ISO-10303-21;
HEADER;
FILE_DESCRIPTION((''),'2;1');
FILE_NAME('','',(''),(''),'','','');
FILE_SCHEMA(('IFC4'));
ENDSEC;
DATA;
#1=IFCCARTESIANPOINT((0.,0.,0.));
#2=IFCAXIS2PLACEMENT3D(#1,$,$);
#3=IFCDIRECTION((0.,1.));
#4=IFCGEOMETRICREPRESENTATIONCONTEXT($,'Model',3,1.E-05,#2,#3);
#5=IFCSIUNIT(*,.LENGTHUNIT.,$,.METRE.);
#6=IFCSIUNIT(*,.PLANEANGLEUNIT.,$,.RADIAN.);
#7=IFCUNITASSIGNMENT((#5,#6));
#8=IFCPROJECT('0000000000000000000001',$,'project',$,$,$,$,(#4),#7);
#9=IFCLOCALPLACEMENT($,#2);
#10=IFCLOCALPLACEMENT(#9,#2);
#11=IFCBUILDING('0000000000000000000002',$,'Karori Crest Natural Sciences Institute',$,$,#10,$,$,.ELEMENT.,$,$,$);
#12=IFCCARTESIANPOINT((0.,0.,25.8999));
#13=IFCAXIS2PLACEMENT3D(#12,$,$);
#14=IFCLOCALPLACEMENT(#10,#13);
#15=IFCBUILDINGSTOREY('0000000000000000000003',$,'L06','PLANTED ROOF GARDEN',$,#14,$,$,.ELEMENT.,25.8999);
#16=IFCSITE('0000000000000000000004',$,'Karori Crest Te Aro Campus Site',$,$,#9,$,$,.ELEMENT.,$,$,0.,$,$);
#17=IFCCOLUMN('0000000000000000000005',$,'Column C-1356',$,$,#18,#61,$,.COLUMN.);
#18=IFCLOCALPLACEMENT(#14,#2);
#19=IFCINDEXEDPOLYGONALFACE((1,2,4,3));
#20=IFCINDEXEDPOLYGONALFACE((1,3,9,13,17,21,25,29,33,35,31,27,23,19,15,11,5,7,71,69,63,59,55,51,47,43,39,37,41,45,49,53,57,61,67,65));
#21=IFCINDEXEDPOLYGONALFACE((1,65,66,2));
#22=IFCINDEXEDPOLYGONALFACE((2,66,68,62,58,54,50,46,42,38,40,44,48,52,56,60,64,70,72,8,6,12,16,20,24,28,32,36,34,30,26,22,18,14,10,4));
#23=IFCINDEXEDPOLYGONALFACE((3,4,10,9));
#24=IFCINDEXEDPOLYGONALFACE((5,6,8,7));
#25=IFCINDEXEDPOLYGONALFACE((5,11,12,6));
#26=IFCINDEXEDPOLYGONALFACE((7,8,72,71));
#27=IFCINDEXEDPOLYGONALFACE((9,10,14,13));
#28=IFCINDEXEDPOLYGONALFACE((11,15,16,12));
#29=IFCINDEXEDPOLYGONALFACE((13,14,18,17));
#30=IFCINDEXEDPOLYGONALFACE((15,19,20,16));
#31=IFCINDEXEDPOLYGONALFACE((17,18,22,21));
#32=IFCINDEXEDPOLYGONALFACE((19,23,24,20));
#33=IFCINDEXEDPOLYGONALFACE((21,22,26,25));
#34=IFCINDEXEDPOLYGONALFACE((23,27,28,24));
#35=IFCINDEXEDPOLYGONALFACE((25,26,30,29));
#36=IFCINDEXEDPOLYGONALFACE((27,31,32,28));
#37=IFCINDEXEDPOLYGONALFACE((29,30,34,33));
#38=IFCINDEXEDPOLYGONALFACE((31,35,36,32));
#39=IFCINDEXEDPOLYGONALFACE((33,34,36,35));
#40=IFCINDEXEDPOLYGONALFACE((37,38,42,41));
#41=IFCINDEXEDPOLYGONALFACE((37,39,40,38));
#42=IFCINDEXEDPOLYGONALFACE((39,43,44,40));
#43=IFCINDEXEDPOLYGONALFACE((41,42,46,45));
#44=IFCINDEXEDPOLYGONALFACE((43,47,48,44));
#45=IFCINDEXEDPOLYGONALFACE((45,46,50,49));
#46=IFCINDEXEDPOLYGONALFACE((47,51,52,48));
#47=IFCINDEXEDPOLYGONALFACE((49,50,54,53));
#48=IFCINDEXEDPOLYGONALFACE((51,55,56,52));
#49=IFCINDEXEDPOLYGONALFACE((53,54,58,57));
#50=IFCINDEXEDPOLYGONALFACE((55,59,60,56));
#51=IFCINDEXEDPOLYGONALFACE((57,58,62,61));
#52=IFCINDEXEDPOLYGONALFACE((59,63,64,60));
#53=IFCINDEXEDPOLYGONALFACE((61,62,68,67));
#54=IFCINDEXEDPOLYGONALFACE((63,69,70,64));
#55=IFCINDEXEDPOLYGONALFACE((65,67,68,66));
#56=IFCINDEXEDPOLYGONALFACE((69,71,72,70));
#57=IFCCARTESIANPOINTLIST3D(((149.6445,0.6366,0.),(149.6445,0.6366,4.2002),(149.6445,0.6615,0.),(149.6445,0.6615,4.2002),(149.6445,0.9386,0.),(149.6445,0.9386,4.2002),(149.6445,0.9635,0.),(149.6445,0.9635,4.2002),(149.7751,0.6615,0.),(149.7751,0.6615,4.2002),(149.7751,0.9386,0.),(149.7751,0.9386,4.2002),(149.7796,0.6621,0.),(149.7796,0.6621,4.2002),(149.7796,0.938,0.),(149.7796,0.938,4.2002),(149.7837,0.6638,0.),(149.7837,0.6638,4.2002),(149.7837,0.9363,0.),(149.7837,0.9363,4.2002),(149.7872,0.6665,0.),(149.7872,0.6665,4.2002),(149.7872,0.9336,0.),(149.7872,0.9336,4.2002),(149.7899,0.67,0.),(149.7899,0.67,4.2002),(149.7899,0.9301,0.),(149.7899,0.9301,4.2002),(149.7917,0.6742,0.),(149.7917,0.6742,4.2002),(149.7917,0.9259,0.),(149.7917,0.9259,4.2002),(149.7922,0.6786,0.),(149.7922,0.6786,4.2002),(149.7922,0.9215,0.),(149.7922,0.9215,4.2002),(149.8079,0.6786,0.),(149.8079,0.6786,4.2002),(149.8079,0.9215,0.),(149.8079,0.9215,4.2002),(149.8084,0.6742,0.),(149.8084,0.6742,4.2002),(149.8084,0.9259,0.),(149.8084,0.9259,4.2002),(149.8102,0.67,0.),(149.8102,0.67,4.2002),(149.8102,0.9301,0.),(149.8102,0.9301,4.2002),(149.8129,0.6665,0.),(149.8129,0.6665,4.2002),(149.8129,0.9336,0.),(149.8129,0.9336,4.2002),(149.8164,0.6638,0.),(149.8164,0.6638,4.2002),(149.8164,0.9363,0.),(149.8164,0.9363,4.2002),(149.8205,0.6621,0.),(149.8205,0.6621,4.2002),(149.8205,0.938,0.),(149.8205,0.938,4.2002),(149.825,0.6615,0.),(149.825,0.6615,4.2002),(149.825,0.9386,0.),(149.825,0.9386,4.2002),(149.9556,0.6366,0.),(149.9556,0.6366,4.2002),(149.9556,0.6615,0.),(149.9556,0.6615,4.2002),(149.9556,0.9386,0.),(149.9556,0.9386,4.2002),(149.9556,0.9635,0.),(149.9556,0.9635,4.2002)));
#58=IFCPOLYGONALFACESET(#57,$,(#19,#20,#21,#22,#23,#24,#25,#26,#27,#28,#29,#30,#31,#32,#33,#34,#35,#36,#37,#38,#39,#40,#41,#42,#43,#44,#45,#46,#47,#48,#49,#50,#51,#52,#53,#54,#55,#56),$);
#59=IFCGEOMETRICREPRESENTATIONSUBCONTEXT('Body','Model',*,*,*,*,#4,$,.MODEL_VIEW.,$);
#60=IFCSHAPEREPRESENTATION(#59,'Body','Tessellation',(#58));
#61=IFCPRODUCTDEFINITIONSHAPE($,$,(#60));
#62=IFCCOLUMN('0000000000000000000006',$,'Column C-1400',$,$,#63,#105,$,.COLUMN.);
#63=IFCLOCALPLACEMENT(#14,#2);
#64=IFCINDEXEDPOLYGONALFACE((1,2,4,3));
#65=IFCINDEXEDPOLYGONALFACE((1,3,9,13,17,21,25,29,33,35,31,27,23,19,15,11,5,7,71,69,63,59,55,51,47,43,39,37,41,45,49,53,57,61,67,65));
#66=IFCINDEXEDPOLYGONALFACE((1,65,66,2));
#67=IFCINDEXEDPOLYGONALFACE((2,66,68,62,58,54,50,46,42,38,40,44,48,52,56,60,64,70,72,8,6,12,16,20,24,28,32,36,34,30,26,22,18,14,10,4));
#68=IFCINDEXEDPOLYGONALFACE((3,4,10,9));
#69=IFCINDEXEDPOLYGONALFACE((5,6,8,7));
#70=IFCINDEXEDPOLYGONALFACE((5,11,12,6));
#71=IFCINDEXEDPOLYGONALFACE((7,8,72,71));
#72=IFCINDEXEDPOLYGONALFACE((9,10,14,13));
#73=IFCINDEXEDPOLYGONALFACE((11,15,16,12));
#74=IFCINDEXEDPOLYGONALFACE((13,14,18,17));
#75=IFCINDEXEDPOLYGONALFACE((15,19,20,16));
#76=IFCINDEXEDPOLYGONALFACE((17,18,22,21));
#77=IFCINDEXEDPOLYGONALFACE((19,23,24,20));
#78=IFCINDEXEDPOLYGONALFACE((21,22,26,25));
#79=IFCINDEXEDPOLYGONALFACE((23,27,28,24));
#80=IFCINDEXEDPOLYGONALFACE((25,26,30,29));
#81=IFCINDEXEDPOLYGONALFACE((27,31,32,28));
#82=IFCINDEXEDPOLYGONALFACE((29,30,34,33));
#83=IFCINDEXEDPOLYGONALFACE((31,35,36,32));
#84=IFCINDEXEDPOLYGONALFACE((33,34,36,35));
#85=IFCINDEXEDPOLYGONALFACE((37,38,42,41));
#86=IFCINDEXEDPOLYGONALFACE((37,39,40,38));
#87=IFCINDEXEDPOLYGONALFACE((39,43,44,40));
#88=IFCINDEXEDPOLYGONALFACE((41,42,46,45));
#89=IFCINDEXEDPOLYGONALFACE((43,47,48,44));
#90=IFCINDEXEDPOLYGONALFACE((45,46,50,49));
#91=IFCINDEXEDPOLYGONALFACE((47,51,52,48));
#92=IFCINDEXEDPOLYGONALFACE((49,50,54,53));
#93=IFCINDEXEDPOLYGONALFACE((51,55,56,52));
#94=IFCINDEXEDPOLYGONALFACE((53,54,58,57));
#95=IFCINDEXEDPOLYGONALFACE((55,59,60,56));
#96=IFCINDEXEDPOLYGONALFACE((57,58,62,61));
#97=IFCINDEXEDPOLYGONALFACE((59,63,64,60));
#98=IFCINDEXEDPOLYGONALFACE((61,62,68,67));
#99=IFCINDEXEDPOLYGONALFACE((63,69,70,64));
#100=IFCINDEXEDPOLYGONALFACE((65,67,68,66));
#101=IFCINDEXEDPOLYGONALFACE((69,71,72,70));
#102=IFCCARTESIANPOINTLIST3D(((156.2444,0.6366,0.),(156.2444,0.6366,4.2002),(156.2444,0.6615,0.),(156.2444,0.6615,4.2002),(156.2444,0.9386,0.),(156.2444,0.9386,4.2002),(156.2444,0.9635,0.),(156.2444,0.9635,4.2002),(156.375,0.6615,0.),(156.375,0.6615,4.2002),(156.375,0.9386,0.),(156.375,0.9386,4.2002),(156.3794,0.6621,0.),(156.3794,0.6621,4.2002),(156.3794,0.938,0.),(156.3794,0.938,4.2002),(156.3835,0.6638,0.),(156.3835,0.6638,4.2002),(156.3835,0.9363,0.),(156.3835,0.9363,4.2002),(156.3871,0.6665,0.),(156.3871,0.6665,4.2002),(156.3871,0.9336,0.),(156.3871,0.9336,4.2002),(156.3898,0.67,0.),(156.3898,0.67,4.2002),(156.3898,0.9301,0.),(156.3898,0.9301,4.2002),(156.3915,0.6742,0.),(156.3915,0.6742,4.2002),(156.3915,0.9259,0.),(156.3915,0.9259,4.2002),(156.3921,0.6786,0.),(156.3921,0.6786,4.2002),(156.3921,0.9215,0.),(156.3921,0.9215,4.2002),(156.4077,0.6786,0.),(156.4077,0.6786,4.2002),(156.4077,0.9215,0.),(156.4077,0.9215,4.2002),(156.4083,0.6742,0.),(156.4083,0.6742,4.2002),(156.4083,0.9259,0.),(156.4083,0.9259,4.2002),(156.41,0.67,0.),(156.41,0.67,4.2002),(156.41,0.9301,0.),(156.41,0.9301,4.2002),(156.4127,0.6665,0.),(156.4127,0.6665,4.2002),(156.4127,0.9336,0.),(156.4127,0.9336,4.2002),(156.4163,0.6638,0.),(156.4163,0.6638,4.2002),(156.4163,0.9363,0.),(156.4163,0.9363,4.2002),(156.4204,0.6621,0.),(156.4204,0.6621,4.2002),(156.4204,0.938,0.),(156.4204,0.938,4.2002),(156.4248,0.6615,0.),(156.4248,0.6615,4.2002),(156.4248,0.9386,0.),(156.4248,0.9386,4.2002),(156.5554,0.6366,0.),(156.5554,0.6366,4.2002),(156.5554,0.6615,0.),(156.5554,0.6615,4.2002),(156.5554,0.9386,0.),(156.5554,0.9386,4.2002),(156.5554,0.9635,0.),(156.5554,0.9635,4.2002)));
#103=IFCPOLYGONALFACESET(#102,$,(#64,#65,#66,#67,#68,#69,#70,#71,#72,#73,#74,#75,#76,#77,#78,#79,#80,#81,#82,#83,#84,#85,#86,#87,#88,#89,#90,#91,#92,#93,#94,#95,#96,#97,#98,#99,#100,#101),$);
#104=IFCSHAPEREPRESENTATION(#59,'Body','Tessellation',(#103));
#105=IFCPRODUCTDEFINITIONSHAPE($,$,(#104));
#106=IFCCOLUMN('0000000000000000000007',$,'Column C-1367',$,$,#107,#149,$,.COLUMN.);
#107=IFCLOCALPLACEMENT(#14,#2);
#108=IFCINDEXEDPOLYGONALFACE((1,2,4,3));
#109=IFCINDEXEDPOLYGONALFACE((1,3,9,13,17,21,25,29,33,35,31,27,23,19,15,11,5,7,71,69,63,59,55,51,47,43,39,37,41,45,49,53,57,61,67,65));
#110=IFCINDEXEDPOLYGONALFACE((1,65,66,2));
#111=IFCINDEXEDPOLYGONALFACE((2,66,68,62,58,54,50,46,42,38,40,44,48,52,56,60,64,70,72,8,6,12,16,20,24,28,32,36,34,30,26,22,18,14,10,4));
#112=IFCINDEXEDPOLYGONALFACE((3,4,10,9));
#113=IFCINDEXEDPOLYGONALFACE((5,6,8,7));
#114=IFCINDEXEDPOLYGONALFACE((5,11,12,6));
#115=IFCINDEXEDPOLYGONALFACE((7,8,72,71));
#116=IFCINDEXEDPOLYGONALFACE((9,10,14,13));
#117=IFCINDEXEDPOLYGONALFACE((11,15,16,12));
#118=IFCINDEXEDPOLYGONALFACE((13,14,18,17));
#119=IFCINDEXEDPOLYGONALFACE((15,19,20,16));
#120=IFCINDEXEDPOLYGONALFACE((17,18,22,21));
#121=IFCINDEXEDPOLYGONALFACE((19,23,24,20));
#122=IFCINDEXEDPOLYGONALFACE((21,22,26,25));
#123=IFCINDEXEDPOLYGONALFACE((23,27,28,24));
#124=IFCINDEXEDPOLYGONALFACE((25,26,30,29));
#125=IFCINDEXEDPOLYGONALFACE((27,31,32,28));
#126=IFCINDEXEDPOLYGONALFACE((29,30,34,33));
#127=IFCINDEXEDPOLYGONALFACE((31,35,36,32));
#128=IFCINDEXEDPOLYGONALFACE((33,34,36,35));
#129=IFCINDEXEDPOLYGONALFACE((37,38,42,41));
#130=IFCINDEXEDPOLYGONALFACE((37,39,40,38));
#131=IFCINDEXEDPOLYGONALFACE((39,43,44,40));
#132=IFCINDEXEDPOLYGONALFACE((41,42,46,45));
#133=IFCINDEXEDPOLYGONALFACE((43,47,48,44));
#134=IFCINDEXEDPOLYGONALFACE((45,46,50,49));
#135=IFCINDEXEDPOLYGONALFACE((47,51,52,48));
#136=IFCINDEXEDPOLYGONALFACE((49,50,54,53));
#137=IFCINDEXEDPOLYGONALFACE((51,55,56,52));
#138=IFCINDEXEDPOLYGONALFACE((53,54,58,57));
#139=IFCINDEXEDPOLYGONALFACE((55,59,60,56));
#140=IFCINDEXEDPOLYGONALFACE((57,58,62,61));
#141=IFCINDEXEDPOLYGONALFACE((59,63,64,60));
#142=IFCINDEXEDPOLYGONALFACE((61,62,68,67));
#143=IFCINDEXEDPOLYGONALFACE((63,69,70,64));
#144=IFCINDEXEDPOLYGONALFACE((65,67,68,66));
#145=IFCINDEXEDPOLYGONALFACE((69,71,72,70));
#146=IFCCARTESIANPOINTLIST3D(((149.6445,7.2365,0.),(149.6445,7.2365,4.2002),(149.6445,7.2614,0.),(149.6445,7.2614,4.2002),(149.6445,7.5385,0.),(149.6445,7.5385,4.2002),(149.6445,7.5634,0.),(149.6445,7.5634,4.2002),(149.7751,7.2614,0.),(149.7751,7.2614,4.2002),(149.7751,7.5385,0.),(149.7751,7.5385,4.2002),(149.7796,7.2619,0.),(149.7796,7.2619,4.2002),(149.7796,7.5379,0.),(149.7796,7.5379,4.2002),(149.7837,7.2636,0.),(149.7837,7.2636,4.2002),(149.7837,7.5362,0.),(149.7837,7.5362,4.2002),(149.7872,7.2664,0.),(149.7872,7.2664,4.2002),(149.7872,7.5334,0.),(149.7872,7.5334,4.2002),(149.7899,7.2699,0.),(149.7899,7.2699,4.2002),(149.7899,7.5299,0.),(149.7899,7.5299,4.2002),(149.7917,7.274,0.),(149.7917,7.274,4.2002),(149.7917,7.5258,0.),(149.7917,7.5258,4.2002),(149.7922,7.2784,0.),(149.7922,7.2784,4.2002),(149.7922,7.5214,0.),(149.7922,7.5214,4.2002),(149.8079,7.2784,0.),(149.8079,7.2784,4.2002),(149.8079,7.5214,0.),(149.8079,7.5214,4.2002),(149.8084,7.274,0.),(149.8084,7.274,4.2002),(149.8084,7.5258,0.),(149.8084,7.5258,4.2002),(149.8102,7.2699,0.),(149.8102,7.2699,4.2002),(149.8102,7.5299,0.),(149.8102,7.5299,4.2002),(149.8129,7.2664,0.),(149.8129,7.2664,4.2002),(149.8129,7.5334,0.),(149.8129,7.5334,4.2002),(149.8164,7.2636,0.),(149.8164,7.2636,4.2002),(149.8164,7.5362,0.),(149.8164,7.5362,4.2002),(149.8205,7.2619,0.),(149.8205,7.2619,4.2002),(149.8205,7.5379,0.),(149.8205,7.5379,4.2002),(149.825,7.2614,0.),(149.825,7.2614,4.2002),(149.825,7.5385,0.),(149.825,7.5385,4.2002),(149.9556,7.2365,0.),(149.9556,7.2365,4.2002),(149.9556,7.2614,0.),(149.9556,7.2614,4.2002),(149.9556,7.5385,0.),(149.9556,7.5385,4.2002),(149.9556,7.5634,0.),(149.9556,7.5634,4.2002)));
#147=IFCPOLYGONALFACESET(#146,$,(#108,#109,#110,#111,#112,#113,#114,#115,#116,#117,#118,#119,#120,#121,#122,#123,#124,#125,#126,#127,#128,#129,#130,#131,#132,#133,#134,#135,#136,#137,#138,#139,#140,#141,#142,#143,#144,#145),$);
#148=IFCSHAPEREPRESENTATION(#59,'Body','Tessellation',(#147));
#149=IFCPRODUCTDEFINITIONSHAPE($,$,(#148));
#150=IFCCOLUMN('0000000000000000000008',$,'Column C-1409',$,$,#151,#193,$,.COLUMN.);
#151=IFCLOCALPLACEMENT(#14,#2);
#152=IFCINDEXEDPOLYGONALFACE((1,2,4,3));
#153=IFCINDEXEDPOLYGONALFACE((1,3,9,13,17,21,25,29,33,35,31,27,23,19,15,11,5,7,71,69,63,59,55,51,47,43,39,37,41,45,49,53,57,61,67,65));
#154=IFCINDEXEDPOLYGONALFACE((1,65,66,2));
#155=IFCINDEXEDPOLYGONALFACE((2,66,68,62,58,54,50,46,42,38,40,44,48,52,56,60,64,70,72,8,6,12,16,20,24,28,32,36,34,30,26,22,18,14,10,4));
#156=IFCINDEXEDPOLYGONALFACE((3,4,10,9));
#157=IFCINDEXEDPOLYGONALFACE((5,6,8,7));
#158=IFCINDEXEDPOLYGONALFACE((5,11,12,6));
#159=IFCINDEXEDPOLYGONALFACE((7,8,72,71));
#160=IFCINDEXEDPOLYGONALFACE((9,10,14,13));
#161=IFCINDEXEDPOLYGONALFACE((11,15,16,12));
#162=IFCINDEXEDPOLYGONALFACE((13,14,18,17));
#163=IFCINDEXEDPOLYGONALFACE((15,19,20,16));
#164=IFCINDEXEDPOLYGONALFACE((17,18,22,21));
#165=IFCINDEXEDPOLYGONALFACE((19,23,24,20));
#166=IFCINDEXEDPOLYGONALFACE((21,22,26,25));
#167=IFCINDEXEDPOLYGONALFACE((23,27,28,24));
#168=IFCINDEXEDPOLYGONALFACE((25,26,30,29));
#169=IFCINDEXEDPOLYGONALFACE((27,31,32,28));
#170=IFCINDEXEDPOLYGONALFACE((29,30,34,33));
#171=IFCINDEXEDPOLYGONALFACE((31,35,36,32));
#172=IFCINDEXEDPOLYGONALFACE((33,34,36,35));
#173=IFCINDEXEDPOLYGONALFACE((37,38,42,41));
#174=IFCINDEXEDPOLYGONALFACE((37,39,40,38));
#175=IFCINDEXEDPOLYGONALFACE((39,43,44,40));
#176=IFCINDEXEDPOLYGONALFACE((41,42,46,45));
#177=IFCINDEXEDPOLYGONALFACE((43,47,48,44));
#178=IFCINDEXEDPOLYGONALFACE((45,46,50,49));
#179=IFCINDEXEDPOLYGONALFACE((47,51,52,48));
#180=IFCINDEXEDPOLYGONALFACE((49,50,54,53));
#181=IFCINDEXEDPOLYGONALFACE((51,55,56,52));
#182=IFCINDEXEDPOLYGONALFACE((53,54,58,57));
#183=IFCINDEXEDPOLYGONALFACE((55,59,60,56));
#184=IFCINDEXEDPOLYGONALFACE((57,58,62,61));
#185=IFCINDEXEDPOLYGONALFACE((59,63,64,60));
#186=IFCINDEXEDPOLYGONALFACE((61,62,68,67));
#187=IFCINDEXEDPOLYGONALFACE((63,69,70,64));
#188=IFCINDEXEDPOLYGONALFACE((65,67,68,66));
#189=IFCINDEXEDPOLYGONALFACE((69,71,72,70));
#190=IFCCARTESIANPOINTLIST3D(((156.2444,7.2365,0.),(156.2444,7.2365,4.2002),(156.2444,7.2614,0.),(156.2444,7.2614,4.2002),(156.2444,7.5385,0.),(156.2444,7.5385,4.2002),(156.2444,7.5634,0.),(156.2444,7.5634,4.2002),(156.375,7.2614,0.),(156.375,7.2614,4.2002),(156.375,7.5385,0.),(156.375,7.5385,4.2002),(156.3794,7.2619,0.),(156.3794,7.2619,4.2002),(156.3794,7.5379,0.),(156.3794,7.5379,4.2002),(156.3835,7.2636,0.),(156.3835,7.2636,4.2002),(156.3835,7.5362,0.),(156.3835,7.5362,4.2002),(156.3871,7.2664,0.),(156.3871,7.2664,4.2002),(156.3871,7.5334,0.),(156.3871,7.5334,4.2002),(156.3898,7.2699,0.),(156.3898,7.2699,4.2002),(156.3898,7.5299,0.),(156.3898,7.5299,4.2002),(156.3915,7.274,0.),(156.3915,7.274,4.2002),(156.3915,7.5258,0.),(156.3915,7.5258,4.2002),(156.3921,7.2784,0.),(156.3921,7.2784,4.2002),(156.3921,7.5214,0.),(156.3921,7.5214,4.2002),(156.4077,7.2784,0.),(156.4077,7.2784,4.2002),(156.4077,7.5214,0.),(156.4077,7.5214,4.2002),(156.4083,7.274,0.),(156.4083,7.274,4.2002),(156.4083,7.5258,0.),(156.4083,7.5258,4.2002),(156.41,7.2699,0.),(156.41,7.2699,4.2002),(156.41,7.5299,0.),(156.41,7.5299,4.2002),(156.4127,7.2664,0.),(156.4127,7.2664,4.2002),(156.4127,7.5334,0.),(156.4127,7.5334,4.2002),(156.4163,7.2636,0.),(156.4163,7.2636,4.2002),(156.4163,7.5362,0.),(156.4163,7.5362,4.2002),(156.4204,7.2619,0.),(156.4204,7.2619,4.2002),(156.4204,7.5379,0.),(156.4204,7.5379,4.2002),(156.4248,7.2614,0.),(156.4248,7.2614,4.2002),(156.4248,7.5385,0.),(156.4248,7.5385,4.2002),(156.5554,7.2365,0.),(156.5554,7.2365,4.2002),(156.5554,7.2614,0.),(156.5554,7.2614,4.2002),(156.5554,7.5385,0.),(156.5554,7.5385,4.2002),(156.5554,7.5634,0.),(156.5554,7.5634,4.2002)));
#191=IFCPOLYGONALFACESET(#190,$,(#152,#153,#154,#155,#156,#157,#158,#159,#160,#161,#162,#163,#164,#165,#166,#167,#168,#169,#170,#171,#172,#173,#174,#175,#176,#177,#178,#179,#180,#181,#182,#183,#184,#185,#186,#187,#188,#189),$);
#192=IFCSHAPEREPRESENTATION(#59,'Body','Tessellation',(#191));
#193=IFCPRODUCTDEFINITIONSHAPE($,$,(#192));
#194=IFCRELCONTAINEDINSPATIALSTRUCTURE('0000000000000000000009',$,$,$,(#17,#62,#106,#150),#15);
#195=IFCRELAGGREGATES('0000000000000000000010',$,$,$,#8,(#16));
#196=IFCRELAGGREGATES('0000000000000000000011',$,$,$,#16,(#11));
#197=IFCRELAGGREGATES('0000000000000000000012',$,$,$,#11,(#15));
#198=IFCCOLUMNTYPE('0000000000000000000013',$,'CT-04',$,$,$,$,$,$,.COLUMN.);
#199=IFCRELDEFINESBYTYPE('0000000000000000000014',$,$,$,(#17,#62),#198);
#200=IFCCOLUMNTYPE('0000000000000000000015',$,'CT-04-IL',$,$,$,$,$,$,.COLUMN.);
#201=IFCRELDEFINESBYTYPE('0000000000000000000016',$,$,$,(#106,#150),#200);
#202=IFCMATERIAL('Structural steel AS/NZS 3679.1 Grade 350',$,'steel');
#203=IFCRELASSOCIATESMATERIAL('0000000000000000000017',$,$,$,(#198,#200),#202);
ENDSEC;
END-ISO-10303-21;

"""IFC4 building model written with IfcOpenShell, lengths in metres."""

from ifc_helpers import new_model, si_unit, direction, frame, origin, origin_2d, place, context, subcontext, project, spatial, i_section, extrude, material, material_profile, profile_set, type_object, element, save


model = new_model("IFC4")

# Units and contexts
model_context = context("Model", 3, precision=1e-05, world=origin(), true_north=direction((0.0, 1.0)))
body_context = subcontext(model_context, "Body", "Model", "MODEL_VIEW")
ifc_project = project(units=[si_unit("LENGTHUNIT", "METRE"), si_unit("PLANEANGLEUNIT", "RADIAN")], contexts=[model_context])

# Site, building, storey
site_placement = place(None, origin())
site = spatial("IfcSite", under=ifc_project, at=site_placement, Name="Karori Crest Te Aro Campus Site", CompositionType="ELEMENT", RefElevation=0.0)
building_placement = place(site_placement, origin())
building = spatial("IfcBuilding", under=site, at=building_placement, Name="Karori Crest Natural Sciences Institute", CompositionType="ELEMENT")
storey_placement = place(building_placement, frame((0.0, 0.0, 25.8999)))
storey = spatial("IfcBuildingStorey", under=building, at=storey_placement, Name="L06", Description="PLANTED ROOF GARDEN", CompositionType="ELEMENT", Elevation=25.8999)

# Columns
ifc_material_1 = material(Name="Structural steel AS/NZS 3679.1 Grade 350", Category="steel")
ifc_material_profile_1 = material_profile(ifc_material_1, i_section(OverallWidth=0.311, OverallDepth=0.3269, WebThickness=0.0156, FlangeThickness=0.0249, FilletRadius=0.0171, at=origin_2d()), Name="310UC158")
ifc_profile_set_1 = profile_set([ifc_material_profile_1], Name="Structural steel AS/NZS 3679.1 Grade 350")
column_type_1 = type_object("IfcColumnType", Name="CT-04", PredefinedType="COLUMN", material=ifc_profile_set_1)
for number, where, z_axis, x_axis, name in (
    (1, (149.8, 0.8, 0.0), (0.0, 0.0, 1.0), (1.0, 0.0, 0.0), "Column C-1356"),
    (2, (156.3999, 0.8, 0.0), (0.0, 0.0, 1.0), (1.0, 0.0, 0.0), "Column C-1400"),
):
    element("IfcColumn", number, at=place(storey_placement, frame(where, z_axis=z_axis, x_axis=x_axis)), inside=storey, type_object=column_type_1, Name=name, PredefinedType="COLUMN", context=body_context, shape_type="SweptSolid", body=[
        extrude(i_section(OverallWidth=0.311, OverallDepth=0.3269, WebThickness=0.0156, FlangeThickness=0.0249, FilletRadius=0.0171, at=origin_2d()), origin(), (0.0, 0.0, 1.0), 4.2002),
    ])
ifc_material_profile_2 = material_profile(ifc_material_1, i_section(OverallWidth=0.311, OverallDepth=0.3269, WebThickness=0.0156, FlangeThickness=0.0249, FilletRadius=0.0171, at=origin_2d()), Name="310UC158")
ifc_profile_set_2 = profile_set([ifc_material_profile_2], Name="Structural steel AS/NZS 3679.1 Grade 350")
column_type_2 = type_object("IfcColumnType", Name="CT-04-IL", PredefinedType="COLUMN", material=ifc_profile_set_2)
for number, where, z_axis, x_axis, name in (
    (3, (149.8, 7.3999, 0.0), (0.0, 0.0, 1.0), (1.0, 0.0, 0.0), "Column C-1367"),
    (4, (156.3999, 7.3999, 0.0), (0.0, 0.0, 1.0), (1.0, 0.0, 0.0), "Column C-1409"),
):
    element("IfcColumn", number, at=place(storey_placement, frame(where, z_axis=z_axis, x_axis=x_axis)), inside=storey, type_object=column_type_2, Name=name, PredefinedType="COLUMN", context=body_context, shape_type="SweptSolid", body=[
        extrude(i_section(OverallWidth=0.311, OverallDepth=0.3269, WebThickness=0.0156, FlangeThickness=0.0249, FilletRadius=0.0171, at=origin_2d()), origin(), (0.0, 0.0, 1.0), 4.2002),
    ])

save(model, "model.ifc")
